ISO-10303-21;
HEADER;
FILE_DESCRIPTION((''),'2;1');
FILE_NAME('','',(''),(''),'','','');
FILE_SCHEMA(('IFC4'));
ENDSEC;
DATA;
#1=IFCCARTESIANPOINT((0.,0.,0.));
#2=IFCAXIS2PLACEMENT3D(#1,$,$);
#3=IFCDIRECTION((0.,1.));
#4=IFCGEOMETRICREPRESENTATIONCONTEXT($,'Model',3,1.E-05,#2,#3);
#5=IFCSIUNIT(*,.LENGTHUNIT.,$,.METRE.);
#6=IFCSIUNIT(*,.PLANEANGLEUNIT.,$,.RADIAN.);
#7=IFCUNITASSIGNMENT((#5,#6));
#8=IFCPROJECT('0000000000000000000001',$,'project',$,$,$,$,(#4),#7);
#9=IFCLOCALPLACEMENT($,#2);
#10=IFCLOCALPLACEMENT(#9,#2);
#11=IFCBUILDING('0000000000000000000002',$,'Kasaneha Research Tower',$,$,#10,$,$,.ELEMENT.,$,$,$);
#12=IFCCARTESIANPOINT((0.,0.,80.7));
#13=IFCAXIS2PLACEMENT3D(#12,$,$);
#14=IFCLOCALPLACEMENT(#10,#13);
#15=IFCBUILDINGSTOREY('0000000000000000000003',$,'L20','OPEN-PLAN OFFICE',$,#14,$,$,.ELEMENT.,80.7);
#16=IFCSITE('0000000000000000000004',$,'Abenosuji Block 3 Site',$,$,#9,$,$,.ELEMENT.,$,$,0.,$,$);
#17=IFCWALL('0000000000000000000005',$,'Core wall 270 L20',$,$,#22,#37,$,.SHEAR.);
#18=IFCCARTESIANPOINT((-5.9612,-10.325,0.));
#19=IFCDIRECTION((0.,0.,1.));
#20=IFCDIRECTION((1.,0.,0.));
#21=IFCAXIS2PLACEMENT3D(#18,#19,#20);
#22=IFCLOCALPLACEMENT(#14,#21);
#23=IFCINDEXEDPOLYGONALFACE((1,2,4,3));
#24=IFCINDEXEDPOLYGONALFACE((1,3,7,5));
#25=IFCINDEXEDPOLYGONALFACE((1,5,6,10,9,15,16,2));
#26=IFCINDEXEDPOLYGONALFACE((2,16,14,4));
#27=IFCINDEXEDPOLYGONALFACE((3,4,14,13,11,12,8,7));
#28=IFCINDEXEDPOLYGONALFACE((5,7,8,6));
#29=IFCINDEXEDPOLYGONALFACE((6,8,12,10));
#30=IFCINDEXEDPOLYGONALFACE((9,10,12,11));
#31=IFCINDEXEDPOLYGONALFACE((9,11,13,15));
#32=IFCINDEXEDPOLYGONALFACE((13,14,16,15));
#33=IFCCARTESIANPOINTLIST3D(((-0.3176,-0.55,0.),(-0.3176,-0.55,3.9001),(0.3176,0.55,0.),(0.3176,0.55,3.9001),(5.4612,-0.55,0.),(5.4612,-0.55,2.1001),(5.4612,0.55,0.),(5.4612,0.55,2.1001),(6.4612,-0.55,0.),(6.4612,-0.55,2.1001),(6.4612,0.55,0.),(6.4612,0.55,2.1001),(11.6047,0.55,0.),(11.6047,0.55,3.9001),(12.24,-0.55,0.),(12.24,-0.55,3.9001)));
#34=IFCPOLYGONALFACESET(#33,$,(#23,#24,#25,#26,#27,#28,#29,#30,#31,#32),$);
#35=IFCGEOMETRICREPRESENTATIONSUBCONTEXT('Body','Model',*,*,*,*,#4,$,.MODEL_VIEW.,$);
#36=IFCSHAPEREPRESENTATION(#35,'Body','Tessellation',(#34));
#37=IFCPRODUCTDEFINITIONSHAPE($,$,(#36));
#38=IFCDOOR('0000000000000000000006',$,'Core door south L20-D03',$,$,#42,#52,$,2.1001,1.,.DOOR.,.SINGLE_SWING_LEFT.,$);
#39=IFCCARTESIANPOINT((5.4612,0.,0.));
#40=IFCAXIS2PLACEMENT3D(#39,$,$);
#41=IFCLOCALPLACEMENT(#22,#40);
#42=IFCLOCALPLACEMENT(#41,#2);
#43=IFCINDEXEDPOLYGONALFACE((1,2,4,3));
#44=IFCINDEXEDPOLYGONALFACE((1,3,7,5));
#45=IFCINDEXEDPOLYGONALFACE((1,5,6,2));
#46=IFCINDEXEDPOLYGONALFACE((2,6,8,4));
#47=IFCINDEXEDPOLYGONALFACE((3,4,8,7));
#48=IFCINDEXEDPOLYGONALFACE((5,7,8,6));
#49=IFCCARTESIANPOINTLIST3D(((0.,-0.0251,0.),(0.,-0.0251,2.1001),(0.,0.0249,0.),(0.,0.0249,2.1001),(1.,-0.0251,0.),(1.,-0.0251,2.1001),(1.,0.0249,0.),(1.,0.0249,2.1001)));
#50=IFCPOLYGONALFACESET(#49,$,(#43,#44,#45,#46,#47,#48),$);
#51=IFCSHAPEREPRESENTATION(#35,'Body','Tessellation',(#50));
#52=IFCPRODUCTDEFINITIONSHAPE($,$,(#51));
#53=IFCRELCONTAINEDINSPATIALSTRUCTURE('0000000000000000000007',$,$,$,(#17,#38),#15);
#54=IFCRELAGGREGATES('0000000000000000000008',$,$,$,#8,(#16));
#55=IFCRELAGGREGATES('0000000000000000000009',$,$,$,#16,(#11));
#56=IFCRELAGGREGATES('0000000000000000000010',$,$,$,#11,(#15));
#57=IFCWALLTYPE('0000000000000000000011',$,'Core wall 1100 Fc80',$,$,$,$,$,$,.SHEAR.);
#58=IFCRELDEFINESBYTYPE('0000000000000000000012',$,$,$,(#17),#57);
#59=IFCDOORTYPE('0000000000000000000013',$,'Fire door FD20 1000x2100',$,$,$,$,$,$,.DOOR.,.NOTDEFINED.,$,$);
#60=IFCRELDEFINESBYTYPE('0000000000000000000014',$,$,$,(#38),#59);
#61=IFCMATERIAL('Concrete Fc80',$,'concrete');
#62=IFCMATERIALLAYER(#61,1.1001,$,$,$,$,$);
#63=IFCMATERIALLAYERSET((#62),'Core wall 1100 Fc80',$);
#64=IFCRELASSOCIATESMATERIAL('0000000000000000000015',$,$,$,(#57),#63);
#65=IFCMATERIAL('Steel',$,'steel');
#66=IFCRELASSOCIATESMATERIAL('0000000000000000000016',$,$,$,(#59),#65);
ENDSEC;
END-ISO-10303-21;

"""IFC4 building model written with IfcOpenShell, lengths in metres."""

from ifc_helpers import new_model, si_unit, direction, frame, frame_2d, origin, place, context, subcontext, project, spatial, polyline, rectangle, outline, extrude, material, layer, layer_set, type_object, element, fill, save


model = new_model("IFC4")

# Units and contexts
model_context = context("Model", 3, precision=1e-05, world=origin(), true_north=direction((0.0, 1.0)))
body_context = subcontext(model_context, "Body", "Model", "MODEL_VIEW")
ifc_project = project(units=[si_unit("LENGTHUNIT", "METRE"), si_unit("PLANEANGLEUNIT", "RADIAN")], contexts=[model_context])

# Site, building, storey
site_placement = place(None, origin())
site = spatial("IfcSite", under=ifc_project, at=site_placement, Name="Abenosuji Block 3 Site", CompositionType="ELEMENT", RefElevation=0.0)
building_placement = place(site_placement, origin())
building = spatial("IfcBuilding", under=site, at=building_placement, Name="Kasaneha Research Tower", CompositionType="ELEMENT")
storey_placement = place(building_placement, frame((0.0, 0.0, 80.7)))
storey = spatial("IfcBuildingStorey", under=building, at=storey_placement, Name="L20", Description="OPEN-PLAN OFFICE", CompositionType="ELEMENT", Elevation=80.7)

# Wall, opening, door
ifc_material_1 = material(Name="Concrete Fc80", Category="concrete")
ifc_layer_1 = layer(ifc_material_1, 1.1001)
ifc_layer_set_1 = layer_set([ifc_layer_1], Name="Core wall 1100 Fc80")
wall_type_1 = type_object("IfcWallType", Name="Core wall 1100 Fc80", PredefinedType="SHEAR", material=ifc_layer_set_1)
wall_1_placement = place(storey_placement, frame((-5.9612, -10.325, 0.0), z_axis=(0.0, 0.0, 1.0), x_axis=(1.0, 0.0, 0.0)))
wall_1 = element("IfcWall", 1, at=wall_1_placement, inside=storey, type_object=wall_type_1, Name="Core wall 270 L20", PredefinedType="SHEAR", context=body_context, shape_type="SweptSolid", body=[
    extrude(outline(polyline([(-0.3176, -0.55), (5.4612, -0.55), (6.4612, -0.55), (12.24, -0.55), (11.6047, 0.55), (6.4612, 0.55), (5.4612, 0.55), (0.3176, 0.55), (-0.3176, -0.55)])), origin(), (0.0, 0.0, 1.0), 3.9001),
])
opening_1_placement = place(wall_1_placement, frame((5.4612, 0.0, 0.0)))
opening_1 = element("IfcOpeningElement", 2, at=opening_1_placement, cuts=wall_1, PredefinedType="OPENING", context=body_context, shape_type="SweptSolid", body=[
    extrude(rectangle(XDim=1.0, YDim=2.1001, at=frame_2d((0.5, 1.05))), frame((0.0, 0.5601, 0.0), z_axis=(0.0, -1.0, 0.0), x_axis=(1.0, 0.0, 0.0)), (0.0, 0.0, 1.0), 1.1201),
])
ifc_material_2 = material(Name="Steel", Category="steel")
door_type_1 = type_object("IfcDoorType", Name="Fire door FD20 1000x2100", OperationType="NOTDEFINED", PredefinedType="DOOR", material=ifc_material_2)
door_1_placement = place(opening_1_placement, origin())
door_1 = element("IfcDoor", 3, at=door_1_placement, inside=storey, type_object=door_type_1, Name="Core door south L20-D03", OperationType="SINGLE_SWING_LEFT", OverallHeight=2.1001, OverallWidth=1.0, PredefinedType="DOOR", context=body_context, shape_type="SweptSolid", body=[
    extrude(rectangle(XDim=1.0, YDim=2.1001, at=frame_2d((0.5, 1.05))), frame((0.0, 0.0249, 0.0), z_axis=(0.0, -1.0, 0.0), x_axis=(1.0, 0.0, 0.0)), (0.0, 0.0, 1.0), 0.05),
])
fill(opening_1, door_1)

save(model, "model.ifc")
